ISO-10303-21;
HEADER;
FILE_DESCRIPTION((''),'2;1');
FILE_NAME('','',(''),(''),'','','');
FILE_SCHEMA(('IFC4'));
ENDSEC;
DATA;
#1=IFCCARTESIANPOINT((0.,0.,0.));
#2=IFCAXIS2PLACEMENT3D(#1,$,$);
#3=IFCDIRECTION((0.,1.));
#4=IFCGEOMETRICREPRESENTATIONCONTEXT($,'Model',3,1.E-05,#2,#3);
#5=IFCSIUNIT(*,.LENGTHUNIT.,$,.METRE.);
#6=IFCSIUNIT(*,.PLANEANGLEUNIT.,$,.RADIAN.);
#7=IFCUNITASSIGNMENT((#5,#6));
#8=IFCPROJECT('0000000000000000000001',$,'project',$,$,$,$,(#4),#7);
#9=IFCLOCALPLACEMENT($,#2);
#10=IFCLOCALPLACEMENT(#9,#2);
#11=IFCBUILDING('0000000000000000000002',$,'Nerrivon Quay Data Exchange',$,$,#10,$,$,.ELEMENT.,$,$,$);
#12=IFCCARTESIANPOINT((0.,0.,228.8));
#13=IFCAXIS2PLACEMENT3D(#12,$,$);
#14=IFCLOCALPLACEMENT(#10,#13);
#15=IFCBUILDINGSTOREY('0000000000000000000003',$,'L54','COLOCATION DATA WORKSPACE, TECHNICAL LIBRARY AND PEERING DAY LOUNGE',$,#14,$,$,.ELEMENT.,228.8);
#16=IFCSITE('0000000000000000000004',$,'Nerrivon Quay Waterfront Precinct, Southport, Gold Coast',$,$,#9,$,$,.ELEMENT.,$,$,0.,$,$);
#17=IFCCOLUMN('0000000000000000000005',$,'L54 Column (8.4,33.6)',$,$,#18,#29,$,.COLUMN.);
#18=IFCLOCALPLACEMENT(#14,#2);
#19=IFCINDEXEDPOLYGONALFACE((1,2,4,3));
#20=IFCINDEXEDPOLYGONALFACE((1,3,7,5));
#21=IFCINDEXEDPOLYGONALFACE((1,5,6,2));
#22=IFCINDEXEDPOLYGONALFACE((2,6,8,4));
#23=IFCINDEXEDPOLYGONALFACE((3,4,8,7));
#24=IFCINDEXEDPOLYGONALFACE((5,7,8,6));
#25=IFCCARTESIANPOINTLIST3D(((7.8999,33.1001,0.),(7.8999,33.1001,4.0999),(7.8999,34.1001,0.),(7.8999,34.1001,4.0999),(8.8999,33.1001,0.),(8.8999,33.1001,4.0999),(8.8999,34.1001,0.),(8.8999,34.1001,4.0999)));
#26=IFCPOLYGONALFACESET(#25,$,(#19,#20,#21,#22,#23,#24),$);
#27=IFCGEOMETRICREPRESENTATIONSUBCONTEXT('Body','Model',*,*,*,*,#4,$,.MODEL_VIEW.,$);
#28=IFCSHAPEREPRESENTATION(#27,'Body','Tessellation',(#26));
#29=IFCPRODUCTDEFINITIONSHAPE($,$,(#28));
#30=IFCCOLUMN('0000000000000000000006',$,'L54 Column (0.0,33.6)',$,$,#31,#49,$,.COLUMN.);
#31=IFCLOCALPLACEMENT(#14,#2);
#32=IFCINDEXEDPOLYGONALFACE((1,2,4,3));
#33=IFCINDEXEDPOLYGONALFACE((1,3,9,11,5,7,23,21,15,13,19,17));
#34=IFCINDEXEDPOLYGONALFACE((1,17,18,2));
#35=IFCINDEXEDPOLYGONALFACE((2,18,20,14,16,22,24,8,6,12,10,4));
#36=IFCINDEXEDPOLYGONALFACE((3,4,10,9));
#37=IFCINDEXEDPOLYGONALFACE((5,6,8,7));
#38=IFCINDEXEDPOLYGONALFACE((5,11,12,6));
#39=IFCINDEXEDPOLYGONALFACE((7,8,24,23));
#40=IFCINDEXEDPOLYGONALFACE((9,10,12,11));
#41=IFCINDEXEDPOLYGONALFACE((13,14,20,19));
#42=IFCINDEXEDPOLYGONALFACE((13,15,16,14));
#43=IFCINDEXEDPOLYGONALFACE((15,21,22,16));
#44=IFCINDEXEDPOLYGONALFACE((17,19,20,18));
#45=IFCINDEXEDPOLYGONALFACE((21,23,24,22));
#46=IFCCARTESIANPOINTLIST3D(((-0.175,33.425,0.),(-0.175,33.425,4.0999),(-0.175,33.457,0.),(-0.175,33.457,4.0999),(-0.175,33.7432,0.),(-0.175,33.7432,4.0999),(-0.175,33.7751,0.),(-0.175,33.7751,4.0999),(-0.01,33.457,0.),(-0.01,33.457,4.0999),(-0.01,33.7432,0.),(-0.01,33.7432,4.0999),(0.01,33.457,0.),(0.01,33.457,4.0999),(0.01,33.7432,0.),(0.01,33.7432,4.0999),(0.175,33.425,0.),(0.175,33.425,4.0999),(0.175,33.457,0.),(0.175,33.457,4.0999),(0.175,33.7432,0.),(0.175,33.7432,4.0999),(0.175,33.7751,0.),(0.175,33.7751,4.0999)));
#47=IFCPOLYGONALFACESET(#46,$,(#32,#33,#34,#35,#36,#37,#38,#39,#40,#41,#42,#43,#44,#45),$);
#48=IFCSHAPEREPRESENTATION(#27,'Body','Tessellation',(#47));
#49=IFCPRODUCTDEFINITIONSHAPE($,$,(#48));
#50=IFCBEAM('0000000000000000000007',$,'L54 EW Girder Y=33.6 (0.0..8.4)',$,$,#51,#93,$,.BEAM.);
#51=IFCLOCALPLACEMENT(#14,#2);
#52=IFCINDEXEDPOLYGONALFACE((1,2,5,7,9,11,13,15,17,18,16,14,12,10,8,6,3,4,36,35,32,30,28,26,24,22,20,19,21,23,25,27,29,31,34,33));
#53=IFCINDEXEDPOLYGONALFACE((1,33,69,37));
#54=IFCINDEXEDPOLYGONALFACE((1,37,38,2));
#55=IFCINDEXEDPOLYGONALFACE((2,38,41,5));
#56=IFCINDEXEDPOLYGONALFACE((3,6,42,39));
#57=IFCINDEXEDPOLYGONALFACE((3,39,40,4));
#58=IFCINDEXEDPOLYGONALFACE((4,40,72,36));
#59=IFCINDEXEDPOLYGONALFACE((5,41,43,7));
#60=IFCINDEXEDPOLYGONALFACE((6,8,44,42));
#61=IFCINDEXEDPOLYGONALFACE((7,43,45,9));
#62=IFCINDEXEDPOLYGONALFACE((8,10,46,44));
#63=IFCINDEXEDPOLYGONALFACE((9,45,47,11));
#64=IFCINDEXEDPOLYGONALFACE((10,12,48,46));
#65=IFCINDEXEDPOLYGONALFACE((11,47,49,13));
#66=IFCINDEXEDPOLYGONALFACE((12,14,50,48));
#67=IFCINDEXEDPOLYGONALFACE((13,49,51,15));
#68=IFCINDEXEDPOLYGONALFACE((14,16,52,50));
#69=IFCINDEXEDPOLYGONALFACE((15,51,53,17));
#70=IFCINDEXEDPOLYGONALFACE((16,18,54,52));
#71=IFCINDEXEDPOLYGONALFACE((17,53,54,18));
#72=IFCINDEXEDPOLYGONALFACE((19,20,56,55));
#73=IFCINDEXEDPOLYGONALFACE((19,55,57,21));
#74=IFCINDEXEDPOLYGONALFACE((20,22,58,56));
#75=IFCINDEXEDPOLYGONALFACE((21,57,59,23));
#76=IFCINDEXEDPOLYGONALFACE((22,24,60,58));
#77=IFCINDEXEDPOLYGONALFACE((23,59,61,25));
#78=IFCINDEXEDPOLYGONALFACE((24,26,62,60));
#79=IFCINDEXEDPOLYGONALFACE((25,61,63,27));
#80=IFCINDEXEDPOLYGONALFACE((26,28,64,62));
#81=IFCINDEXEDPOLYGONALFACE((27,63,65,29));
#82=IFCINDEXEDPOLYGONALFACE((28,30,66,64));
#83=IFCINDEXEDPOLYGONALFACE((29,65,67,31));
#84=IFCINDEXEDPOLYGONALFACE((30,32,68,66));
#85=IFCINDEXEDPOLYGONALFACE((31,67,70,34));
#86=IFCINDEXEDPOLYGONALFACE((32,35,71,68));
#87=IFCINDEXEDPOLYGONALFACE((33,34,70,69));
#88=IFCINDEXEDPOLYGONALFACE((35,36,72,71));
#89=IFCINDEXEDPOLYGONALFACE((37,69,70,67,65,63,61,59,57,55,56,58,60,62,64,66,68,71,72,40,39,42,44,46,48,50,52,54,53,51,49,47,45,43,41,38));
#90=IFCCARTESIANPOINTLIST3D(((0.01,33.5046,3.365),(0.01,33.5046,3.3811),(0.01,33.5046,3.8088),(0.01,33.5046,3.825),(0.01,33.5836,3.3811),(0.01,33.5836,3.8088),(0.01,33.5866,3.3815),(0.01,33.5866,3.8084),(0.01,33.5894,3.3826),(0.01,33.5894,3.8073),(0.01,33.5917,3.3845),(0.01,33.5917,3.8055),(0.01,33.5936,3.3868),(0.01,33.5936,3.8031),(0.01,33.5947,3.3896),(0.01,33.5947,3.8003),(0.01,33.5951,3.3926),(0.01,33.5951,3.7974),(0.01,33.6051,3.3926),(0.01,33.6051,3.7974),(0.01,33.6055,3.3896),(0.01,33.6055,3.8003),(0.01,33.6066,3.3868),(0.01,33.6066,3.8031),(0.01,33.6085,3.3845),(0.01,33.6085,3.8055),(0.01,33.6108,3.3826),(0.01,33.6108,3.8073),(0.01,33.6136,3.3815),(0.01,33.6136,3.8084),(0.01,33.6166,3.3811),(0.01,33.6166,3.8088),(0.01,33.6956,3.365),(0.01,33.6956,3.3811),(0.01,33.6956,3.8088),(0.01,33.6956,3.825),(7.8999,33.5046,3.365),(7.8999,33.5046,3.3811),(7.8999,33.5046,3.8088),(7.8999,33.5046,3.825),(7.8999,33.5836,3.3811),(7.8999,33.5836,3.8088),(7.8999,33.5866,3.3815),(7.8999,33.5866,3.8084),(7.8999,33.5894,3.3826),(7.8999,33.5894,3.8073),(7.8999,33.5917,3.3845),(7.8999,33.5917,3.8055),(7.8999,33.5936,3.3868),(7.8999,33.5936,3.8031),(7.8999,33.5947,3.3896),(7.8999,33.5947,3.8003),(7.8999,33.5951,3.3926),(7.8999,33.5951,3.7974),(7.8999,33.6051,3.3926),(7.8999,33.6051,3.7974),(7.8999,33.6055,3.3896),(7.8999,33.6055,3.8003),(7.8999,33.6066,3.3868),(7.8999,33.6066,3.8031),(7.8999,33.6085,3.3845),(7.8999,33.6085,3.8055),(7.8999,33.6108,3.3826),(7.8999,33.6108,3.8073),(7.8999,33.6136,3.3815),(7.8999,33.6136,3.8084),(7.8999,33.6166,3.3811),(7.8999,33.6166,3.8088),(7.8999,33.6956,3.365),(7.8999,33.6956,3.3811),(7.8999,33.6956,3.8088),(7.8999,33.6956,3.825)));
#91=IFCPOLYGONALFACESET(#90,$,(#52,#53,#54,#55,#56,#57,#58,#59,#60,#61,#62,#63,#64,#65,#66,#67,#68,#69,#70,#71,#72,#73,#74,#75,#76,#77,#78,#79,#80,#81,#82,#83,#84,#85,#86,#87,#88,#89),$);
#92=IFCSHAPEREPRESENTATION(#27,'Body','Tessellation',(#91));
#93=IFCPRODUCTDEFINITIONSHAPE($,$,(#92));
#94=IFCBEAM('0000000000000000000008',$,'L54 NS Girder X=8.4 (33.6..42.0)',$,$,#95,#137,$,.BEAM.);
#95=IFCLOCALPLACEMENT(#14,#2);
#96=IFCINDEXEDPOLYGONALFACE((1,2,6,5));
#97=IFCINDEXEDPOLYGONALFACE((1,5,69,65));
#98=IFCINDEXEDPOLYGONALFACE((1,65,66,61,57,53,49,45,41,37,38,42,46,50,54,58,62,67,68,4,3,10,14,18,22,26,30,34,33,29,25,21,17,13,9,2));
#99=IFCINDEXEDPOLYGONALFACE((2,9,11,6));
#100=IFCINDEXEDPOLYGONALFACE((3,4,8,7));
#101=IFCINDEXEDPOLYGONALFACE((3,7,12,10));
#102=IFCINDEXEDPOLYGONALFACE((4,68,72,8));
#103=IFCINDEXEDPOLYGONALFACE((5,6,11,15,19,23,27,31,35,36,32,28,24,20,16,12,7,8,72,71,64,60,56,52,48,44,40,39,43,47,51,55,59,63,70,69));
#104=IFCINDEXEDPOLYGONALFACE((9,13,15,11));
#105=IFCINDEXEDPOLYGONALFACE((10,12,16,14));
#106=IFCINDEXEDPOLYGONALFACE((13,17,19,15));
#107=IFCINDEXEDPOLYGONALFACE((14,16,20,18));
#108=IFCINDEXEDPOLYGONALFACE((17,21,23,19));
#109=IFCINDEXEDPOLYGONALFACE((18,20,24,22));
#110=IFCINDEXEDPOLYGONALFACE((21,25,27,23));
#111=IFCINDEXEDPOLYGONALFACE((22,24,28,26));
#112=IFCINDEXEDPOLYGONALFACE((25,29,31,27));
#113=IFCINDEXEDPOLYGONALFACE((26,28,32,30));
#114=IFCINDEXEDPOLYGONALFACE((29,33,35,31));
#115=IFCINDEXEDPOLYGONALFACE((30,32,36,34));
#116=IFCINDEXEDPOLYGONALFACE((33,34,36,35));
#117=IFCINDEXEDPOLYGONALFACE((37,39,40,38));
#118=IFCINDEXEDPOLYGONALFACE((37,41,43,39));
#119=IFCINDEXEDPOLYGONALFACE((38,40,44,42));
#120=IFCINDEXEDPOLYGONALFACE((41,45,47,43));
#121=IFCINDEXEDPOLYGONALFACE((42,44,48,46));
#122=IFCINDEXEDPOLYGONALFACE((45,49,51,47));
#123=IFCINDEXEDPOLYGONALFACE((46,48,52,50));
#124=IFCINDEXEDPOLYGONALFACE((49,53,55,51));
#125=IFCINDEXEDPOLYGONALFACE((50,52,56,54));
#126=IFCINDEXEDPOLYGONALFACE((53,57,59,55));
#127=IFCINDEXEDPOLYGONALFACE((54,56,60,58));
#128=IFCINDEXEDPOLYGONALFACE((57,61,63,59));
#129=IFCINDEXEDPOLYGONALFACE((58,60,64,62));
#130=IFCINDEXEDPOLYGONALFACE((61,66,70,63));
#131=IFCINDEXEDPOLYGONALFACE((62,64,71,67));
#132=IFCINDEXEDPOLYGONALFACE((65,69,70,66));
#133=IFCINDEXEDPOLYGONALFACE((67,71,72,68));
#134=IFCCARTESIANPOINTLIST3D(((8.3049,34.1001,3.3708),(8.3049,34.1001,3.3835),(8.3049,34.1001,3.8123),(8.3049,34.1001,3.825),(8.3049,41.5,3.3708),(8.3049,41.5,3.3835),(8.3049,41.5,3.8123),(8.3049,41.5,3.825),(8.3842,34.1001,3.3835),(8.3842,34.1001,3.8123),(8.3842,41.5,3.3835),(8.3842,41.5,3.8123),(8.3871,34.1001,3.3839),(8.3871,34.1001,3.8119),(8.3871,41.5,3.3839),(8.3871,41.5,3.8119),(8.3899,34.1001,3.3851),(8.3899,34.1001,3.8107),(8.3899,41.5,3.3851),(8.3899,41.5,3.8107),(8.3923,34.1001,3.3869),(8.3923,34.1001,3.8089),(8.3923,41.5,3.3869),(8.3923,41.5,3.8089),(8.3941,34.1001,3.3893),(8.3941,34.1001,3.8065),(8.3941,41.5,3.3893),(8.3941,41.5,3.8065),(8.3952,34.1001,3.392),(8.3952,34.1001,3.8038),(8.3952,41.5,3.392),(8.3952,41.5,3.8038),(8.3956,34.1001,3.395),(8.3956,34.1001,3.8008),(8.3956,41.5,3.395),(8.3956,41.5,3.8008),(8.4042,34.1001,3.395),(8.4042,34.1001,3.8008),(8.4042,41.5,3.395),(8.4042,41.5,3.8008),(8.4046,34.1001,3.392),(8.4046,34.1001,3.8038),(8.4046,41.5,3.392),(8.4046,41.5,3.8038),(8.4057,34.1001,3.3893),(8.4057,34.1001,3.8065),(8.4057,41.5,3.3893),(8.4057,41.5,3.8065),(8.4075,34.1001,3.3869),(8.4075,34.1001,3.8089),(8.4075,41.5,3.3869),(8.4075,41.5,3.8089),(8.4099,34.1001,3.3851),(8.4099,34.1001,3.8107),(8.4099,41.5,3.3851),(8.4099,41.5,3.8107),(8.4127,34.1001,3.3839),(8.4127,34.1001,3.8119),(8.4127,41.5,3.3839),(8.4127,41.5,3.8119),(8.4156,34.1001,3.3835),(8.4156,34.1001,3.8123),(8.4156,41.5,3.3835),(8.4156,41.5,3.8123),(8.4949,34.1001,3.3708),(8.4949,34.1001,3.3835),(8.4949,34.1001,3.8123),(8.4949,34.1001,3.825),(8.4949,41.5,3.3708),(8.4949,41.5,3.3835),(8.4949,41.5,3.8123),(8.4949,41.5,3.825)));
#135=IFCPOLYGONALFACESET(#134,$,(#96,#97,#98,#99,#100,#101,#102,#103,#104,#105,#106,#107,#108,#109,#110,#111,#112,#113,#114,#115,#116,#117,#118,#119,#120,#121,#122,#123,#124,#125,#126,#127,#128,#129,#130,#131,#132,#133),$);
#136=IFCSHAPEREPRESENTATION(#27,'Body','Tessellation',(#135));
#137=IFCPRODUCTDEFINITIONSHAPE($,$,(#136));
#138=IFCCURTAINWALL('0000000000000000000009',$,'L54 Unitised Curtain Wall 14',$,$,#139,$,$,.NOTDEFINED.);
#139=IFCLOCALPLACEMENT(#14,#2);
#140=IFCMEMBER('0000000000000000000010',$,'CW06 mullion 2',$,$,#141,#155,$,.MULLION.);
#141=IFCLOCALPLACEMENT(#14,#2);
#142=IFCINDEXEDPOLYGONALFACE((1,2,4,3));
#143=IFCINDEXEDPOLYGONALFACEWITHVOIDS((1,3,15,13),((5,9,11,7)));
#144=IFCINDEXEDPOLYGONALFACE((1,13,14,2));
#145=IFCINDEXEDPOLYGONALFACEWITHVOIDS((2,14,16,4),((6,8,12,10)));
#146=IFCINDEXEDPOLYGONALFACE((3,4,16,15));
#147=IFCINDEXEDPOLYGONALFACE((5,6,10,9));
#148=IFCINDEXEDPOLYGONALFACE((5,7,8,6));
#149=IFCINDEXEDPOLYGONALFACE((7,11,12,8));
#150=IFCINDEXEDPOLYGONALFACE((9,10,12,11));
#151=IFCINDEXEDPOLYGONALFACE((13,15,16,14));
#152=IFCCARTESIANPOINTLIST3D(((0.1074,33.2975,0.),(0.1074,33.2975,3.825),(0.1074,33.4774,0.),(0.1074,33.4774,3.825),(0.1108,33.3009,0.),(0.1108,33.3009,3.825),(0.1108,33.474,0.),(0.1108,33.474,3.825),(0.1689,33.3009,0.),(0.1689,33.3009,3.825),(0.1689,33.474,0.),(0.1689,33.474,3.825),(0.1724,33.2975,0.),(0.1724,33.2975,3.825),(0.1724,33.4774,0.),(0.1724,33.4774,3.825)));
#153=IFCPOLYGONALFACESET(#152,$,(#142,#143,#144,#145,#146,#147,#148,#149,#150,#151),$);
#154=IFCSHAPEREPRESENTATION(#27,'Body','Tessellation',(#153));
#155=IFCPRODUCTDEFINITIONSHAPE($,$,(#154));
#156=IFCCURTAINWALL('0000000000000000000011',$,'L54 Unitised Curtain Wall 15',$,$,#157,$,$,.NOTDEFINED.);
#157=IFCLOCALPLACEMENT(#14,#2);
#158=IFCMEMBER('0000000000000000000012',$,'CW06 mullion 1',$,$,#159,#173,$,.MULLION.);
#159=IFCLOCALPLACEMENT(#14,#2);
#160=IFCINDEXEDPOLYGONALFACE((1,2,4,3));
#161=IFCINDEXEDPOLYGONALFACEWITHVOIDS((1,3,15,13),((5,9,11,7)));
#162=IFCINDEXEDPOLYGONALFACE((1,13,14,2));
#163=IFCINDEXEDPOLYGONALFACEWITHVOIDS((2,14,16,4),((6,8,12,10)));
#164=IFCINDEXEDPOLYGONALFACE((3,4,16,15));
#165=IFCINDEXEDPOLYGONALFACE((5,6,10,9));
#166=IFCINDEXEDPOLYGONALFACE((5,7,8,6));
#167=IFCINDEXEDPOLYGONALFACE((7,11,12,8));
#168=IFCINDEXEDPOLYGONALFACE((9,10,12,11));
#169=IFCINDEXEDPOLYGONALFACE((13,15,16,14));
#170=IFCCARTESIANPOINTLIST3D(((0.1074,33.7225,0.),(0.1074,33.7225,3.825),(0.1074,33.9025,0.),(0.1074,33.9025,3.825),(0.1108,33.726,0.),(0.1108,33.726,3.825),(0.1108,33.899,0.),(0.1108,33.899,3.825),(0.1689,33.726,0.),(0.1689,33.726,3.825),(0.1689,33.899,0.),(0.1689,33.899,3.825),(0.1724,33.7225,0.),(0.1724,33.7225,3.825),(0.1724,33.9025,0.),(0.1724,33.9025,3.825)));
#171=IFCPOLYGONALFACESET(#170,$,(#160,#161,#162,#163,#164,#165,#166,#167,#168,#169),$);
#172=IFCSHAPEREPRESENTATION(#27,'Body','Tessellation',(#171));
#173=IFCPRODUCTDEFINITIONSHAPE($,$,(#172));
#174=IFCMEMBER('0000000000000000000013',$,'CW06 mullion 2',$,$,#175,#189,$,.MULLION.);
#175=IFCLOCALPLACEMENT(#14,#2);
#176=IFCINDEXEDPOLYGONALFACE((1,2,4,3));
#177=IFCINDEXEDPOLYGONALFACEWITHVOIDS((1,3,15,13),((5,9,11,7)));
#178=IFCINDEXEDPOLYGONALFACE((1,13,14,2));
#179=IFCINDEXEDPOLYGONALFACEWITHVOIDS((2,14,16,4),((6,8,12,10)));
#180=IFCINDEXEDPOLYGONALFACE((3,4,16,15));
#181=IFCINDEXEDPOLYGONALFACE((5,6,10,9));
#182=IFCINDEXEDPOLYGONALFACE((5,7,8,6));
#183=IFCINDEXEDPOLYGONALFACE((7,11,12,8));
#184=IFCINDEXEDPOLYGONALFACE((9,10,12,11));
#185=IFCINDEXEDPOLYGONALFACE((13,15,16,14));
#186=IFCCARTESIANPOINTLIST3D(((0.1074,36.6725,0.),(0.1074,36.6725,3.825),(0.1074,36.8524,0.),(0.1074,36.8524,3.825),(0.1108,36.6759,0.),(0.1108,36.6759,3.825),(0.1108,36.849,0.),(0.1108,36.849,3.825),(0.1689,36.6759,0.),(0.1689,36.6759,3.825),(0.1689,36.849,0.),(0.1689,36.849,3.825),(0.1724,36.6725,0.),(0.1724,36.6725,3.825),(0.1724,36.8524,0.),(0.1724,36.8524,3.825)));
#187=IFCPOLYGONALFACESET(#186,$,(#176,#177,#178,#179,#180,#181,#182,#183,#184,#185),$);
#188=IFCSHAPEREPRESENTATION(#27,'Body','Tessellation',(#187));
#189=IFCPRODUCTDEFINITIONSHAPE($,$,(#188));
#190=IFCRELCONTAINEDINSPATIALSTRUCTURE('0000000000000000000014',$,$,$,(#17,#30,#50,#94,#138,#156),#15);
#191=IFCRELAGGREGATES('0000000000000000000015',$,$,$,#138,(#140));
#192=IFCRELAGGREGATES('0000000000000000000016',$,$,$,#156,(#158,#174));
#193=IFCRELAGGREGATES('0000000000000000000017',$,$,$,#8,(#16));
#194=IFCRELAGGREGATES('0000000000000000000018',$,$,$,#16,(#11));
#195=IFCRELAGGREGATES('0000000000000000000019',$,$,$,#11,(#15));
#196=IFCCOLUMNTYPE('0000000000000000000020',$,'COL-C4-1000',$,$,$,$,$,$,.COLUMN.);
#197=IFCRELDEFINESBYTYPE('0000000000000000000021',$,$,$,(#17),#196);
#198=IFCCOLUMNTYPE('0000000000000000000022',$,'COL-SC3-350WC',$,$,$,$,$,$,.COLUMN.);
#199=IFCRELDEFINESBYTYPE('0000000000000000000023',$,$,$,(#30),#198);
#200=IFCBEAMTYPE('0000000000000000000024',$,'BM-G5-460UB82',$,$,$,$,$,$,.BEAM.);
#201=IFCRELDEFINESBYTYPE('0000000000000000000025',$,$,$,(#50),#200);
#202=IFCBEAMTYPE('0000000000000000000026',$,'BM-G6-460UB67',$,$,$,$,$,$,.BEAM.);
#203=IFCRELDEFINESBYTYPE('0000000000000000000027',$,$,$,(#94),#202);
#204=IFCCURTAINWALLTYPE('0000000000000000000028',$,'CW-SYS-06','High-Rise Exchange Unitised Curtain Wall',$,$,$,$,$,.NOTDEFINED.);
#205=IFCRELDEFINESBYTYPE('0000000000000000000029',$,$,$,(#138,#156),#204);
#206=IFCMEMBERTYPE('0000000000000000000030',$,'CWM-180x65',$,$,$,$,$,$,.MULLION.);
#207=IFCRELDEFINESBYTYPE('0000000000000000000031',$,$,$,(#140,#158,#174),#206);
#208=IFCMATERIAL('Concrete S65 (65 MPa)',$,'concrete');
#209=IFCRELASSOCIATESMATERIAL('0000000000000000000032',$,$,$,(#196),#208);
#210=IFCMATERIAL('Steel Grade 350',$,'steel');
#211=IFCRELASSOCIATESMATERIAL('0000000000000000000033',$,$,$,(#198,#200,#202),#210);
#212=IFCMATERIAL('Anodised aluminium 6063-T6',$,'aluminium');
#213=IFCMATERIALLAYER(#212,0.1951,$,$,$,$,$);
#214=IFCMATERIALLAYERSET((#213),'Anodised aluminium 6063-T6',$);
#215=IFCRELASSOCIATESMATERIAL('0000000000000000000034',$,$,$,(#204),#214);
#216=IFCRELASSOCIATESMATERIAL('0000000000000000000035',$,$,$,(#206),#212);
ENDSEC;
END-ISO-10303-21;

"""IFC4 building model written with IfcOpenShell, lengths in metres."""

from ifc_helpers import new_model, si_unit, direction, frame, origin, origin_2d, place, context, subcontext, project, spatial, rectangle, hollow_rectangle, i_section, extrude, material, layer, layer_set, material_profile, profile_set, type_object, element, aggregate, save


model = new_model("IFC4")

# Units and contexts
model_context = context("Model", 3, precision=1e-05, world=origin(), true_north=direction((0.0, 1.0)))
body_context = subcontext(model_context, "Body", "Model", "MODEL_VIEW")
ifc_project = project(units=[si_unit("LENGTHUNIT", "METRE"), si_unit("PLANEANGLEUNIT", "RADIAN")], contexts=[model_context])

# Site, building, storey
site_placement = place(None, origin())
site = spatial("IfcSite", under=ifc_project, at=site_placement, Name="Nerrivon Quay Waterfront Precinct, Southport, Gold Coast", CompositionType="ELEMENT", RefElevation=0.0)
building_placement = place(site_placement, origin())
building = spatial("IfcBuilding", under=site, at=building_placement, Name="Nerrivon Quay Data Exchange", CompositionType="ELEMENT")
storey_placement = place(building_placement, frame((0.0, 0.0, 228.8)))
storey = spatial("IfcBuildingStorey", under=building, at=storey_placement, Name="L54", Description="COLOCATION DATA WORKSPACE, TECHNICAL LIBRARY AND PEERING DAY LOUNGE", CompositionType="ELEMENT", Elevation=228.8)

# Columns
ifc_material_1 = material(Name="Concrete S65 (65 MPa)", Category="concrete")
ifc_material_profile_1 = material_profile(ifc_material_1, rectangle(XDim=1.0, YDim=1.0, at=origin_2d()), Name="RC-COL-1000x1000")
ifc_profile_set_1 = profile_set([ifc_material_profile_1], Name="Concrete S65 (65 MPa)")
column_type_1 = type_object("IfcColumnType", Name="COL-C4-1000", PredefinedType="COLUMN", material=ifc_profile_set_1)
column_1_placement = place(storey_placement, frame((8.3999, 33.6001, 0.0), z_axis=(0.0, 0.0, 1.0), x_axis=(1.0, 0.0, 0.0)))
element("IfcColumn", 1, at=column_1_placement, inside=storey, type_object=column_type_1, Name="L54 Column (8.4,33.6)", PredefinedType="COLUMN", context=body_context, shape_type="SweptSolid", body=[
    extrude(rectangle(XDim=1.0, YDim=1.0, at=origin_2d()), origin(), (0.0, 0.0, 1.0), 4.0999),
])
ifc_material_2 = material(Name="Steel Grade 350", Category="steel")
ifc_material_profile_2 = material_profile(ifc_material_2, i_section(OverallWidth=0.3501, OverallDepth=0.3501, WebThickness=0.02, FlangeThickness=0.032, at=origin_2d()), Name="350WC230")
ifc_profile_set_2 = profile_set([ifc_material_profile_2], Name="Steel Grade 350")
column_type_2 = type_object("IfcColumnType", Name="COL-SC3-350WC", PredefinedType="COLUMN", material=ifc_profile_set_2)
column_2_placement = place(storey_placement, frame((0.0, 33.6001, 0.0), z_axis=(0.0, 0.0, 1.0), x_axis=(1.0, 0.0, 0.0)))
element("IfcColumn", 2, at=column_2_placement, inside=storey, type_object=column_type_2, Name="L54 Column (0.0,33.6)", PredefinedType="COLUMN", context=body_context, shape_type="SweptSolid", body=[
    extrude(i_section(OverallWidth=0.3501, OverallDepth=0.3501, WebThickness=0.02, FlangeThickness=0.032, at=origin_2d()), origin(), (0.0, 0.0, 1.0), 4.0999),
])

# Beams
ifc_material_profile_3 = material_profile(ifc_material_2, i_section(OverallWidth=0.1909, OverallDepth=0.46, WebThickness=0.01, FlangeThickness=0.0161, FilletRadius=0.0115, at=origin_2d()), Name="460UB82.1")
ifc_profile_set_3 = profile_set([ifc_material_profile_3], Name="Steel Grade 350")
beam_type_1 = type_object("IfcBeamType", Name="BM-G5-460UB82", PredefinedType="BEAM", material=ifc_profile_set_3)
beam_1_placement = place(storey_placement, frame((0.01, 33.6001, 3.595), z_axis=(1.0, 0.0, 0.0), x_axis=(0.0, 1.0, 0.0)))
element("IfcBeam", 3, at=beam_1_placement, inside=storey, type_object=beam_type_1, Name="L54 EW Girder Y=33.6 (0.0..8.4)", PredefinedType="BEAM", context=body_context, shape_type="SweptSolid", body=[
    extrude(i_section(OverallWidth=0.1909, OverallDepth=0.46, WebThickness=0.01, FlangeThickness=0.0161, FilletRadius=0.0115, at=origin_2d()), origin(), (0.0, 0.0, 1.0), 7.8899),
])
ifc_material_profile_4 = material_profile(ifc_material_2, i_section(OverallWidth=0.1899, OverallDepth=0.4541, WebThickness=0.0085, FlangeThickness=0.0127, FilletRadius=0.0115, at=origin_2d()), Name="460UB67.1")
ifc_profile_set_4 = profile_set([ifc_material_profile_4], Name="Steel Grade 350")
beam_type_2 = type_object("IfcBeamType", Name="BM-G6-460UB67", PredefinedType="BEAM", material=ifc_profile_set_4)
beam_2_placement = place(storey_placement, frame((8.3999, 34.1001, 3.5979), z_axis=(0.0, 1.0, 0.0), x_axis=(-1.0, 0.0, 0.0)))
element("IfcBeam", 4, at=beam_2_placement, inside=storey, type_object=beam_type_2, Name="L54 NS Girder X=8.4 (33.6..42.0)", PredefinedType="BEAM", context=body_context, shape_type="SweptSolid", body=[
    extrude(i_section(OverallWidth=0.1899, OverallDepth=0.4541, WebThickness=0.0085, FlangeThickness=0.0127, FilletRadius=0.0115, at=origin_2d()), origin(), (0.0, 0.0, 1.0), 7.3999),
])

# Curtain wall, member
ifc_material_3 = material(Name="Anodised aluminium 6063-T6", Category="aluminium")
ifc_layer_1 = layer(ifc_material_3, 0.1951)
ifc_layer_set_1 = layer_set([ifc_layer_1], Name="Anodised aluminium 6063-T6")
curtain_wall_type = type_object("IfcCurtainWallType", Name="CW-SYS-06", Description="High-Rise Exchange Unitised Curtain Wall", PredefinedType="NOTDEFINED", material=ifc_layer_set_1)
curtain_wall_1_placement = place(storey_placement, origin())
curtain_wall_1 = element("IfcCurtainWall", 5, at=curtain_wall_1_placement, inside=storey, type_object=curtain_wall_type, Name="L54 Unitised Curtain Wall 14", PredefinedType="NOTDEFINED")
ifc_material_profile_5 = material_profile(ifc_material_3, hollow_rectangle(XDim=0.0649, YDim=0.1799, WallThickness=0.0034, at=origin_2d()), Name="ALU-MULL-180x65")
ifc_profile_set_5 = profile_set([ifc_material_profile_5], Name="Anodised aluminium 6063-T6")
member_type_1 = type_object("IfcMemberType", Name="CWM-180x65", PredefinedType="MULLION", material=ifc_profile_set_5)
member_1_placement = place(storey_placement, frame((0.1399, 33.3875, 0.0), z_axis=(0.0, 0.0, 1.0), x_axis=(-1.0, 0.0, 0.0)))
member_1 = element("IfcMember", 6, at=member_1_placement, type_object=member_type_1, Name="CW06 mullion 2", PredefinedType="MULLION", context=body_context, shape_type="SweptSolid", body=[
    extrude(hollow_rectangle(XDim=0.0649, YDim=0.1799, WallThickness=0.0034, at=origin_2d()), origin(), (0.0, 0.0, 1.0), 3.825),
])
aggregate(curtain_wall_1, [member_1])

# Curtain wall, members
curtain_wall_2_placement = place(storey_placement, origin())
curtain_wall_2 = element("IfcCurtainWall", 7, at=curtain_wall_2_placement, inside=storey, type_object=curtain_wall_type, Name="L54 Unitised Curtain Wall 15", PredefinedType="NOTDEFINED")
member_2_placement = place(storey_placement, frame((0.1399, 33.8125, 0.0), z_axis=(0.0, 0.0, 1.0), x_axis=(-1.0, 0.0, 0.0)))
member_2 = element("IfcMember", 8, at=member_2_placement, type_object=member_type_1, Name="CW06 mullion 1", PredefinedType="MULLION", context=body_context, shape_type="SweptSolid", body=[
    extrude(hollow_rectangle(XDim=0.0649, YDim=0.1799, WallThickness=0.0034, at=origin_2d()), origin(), (0.0, 0.0, 1.0), 3.825),
])
member_3_placement = place(storey_placement, frame((0.1399, 36.7625, 0.0), z_axis=(0.0, 0.0, 1.0), x_axis=(-1.0, 0.0, 0.0)))
member_3 = element("IfcMember", 9, at=member_3_placement, type_object=member_type_1, Name="CW06 mullion 2", PredefinedType="MULLION", context=body_context, shape_type="SweptSolid", body=[
    extrude(hollow_rectangle(XDim=0.0649, YDim=0.1799, WallThickness=0.0034, at=origin_2d()), origin(), (0.0, 0.0, 1.0), 3.825),
])

aggregate(curtain_wall_2, [member_2, member_3])

save(model, "model.ifc")
